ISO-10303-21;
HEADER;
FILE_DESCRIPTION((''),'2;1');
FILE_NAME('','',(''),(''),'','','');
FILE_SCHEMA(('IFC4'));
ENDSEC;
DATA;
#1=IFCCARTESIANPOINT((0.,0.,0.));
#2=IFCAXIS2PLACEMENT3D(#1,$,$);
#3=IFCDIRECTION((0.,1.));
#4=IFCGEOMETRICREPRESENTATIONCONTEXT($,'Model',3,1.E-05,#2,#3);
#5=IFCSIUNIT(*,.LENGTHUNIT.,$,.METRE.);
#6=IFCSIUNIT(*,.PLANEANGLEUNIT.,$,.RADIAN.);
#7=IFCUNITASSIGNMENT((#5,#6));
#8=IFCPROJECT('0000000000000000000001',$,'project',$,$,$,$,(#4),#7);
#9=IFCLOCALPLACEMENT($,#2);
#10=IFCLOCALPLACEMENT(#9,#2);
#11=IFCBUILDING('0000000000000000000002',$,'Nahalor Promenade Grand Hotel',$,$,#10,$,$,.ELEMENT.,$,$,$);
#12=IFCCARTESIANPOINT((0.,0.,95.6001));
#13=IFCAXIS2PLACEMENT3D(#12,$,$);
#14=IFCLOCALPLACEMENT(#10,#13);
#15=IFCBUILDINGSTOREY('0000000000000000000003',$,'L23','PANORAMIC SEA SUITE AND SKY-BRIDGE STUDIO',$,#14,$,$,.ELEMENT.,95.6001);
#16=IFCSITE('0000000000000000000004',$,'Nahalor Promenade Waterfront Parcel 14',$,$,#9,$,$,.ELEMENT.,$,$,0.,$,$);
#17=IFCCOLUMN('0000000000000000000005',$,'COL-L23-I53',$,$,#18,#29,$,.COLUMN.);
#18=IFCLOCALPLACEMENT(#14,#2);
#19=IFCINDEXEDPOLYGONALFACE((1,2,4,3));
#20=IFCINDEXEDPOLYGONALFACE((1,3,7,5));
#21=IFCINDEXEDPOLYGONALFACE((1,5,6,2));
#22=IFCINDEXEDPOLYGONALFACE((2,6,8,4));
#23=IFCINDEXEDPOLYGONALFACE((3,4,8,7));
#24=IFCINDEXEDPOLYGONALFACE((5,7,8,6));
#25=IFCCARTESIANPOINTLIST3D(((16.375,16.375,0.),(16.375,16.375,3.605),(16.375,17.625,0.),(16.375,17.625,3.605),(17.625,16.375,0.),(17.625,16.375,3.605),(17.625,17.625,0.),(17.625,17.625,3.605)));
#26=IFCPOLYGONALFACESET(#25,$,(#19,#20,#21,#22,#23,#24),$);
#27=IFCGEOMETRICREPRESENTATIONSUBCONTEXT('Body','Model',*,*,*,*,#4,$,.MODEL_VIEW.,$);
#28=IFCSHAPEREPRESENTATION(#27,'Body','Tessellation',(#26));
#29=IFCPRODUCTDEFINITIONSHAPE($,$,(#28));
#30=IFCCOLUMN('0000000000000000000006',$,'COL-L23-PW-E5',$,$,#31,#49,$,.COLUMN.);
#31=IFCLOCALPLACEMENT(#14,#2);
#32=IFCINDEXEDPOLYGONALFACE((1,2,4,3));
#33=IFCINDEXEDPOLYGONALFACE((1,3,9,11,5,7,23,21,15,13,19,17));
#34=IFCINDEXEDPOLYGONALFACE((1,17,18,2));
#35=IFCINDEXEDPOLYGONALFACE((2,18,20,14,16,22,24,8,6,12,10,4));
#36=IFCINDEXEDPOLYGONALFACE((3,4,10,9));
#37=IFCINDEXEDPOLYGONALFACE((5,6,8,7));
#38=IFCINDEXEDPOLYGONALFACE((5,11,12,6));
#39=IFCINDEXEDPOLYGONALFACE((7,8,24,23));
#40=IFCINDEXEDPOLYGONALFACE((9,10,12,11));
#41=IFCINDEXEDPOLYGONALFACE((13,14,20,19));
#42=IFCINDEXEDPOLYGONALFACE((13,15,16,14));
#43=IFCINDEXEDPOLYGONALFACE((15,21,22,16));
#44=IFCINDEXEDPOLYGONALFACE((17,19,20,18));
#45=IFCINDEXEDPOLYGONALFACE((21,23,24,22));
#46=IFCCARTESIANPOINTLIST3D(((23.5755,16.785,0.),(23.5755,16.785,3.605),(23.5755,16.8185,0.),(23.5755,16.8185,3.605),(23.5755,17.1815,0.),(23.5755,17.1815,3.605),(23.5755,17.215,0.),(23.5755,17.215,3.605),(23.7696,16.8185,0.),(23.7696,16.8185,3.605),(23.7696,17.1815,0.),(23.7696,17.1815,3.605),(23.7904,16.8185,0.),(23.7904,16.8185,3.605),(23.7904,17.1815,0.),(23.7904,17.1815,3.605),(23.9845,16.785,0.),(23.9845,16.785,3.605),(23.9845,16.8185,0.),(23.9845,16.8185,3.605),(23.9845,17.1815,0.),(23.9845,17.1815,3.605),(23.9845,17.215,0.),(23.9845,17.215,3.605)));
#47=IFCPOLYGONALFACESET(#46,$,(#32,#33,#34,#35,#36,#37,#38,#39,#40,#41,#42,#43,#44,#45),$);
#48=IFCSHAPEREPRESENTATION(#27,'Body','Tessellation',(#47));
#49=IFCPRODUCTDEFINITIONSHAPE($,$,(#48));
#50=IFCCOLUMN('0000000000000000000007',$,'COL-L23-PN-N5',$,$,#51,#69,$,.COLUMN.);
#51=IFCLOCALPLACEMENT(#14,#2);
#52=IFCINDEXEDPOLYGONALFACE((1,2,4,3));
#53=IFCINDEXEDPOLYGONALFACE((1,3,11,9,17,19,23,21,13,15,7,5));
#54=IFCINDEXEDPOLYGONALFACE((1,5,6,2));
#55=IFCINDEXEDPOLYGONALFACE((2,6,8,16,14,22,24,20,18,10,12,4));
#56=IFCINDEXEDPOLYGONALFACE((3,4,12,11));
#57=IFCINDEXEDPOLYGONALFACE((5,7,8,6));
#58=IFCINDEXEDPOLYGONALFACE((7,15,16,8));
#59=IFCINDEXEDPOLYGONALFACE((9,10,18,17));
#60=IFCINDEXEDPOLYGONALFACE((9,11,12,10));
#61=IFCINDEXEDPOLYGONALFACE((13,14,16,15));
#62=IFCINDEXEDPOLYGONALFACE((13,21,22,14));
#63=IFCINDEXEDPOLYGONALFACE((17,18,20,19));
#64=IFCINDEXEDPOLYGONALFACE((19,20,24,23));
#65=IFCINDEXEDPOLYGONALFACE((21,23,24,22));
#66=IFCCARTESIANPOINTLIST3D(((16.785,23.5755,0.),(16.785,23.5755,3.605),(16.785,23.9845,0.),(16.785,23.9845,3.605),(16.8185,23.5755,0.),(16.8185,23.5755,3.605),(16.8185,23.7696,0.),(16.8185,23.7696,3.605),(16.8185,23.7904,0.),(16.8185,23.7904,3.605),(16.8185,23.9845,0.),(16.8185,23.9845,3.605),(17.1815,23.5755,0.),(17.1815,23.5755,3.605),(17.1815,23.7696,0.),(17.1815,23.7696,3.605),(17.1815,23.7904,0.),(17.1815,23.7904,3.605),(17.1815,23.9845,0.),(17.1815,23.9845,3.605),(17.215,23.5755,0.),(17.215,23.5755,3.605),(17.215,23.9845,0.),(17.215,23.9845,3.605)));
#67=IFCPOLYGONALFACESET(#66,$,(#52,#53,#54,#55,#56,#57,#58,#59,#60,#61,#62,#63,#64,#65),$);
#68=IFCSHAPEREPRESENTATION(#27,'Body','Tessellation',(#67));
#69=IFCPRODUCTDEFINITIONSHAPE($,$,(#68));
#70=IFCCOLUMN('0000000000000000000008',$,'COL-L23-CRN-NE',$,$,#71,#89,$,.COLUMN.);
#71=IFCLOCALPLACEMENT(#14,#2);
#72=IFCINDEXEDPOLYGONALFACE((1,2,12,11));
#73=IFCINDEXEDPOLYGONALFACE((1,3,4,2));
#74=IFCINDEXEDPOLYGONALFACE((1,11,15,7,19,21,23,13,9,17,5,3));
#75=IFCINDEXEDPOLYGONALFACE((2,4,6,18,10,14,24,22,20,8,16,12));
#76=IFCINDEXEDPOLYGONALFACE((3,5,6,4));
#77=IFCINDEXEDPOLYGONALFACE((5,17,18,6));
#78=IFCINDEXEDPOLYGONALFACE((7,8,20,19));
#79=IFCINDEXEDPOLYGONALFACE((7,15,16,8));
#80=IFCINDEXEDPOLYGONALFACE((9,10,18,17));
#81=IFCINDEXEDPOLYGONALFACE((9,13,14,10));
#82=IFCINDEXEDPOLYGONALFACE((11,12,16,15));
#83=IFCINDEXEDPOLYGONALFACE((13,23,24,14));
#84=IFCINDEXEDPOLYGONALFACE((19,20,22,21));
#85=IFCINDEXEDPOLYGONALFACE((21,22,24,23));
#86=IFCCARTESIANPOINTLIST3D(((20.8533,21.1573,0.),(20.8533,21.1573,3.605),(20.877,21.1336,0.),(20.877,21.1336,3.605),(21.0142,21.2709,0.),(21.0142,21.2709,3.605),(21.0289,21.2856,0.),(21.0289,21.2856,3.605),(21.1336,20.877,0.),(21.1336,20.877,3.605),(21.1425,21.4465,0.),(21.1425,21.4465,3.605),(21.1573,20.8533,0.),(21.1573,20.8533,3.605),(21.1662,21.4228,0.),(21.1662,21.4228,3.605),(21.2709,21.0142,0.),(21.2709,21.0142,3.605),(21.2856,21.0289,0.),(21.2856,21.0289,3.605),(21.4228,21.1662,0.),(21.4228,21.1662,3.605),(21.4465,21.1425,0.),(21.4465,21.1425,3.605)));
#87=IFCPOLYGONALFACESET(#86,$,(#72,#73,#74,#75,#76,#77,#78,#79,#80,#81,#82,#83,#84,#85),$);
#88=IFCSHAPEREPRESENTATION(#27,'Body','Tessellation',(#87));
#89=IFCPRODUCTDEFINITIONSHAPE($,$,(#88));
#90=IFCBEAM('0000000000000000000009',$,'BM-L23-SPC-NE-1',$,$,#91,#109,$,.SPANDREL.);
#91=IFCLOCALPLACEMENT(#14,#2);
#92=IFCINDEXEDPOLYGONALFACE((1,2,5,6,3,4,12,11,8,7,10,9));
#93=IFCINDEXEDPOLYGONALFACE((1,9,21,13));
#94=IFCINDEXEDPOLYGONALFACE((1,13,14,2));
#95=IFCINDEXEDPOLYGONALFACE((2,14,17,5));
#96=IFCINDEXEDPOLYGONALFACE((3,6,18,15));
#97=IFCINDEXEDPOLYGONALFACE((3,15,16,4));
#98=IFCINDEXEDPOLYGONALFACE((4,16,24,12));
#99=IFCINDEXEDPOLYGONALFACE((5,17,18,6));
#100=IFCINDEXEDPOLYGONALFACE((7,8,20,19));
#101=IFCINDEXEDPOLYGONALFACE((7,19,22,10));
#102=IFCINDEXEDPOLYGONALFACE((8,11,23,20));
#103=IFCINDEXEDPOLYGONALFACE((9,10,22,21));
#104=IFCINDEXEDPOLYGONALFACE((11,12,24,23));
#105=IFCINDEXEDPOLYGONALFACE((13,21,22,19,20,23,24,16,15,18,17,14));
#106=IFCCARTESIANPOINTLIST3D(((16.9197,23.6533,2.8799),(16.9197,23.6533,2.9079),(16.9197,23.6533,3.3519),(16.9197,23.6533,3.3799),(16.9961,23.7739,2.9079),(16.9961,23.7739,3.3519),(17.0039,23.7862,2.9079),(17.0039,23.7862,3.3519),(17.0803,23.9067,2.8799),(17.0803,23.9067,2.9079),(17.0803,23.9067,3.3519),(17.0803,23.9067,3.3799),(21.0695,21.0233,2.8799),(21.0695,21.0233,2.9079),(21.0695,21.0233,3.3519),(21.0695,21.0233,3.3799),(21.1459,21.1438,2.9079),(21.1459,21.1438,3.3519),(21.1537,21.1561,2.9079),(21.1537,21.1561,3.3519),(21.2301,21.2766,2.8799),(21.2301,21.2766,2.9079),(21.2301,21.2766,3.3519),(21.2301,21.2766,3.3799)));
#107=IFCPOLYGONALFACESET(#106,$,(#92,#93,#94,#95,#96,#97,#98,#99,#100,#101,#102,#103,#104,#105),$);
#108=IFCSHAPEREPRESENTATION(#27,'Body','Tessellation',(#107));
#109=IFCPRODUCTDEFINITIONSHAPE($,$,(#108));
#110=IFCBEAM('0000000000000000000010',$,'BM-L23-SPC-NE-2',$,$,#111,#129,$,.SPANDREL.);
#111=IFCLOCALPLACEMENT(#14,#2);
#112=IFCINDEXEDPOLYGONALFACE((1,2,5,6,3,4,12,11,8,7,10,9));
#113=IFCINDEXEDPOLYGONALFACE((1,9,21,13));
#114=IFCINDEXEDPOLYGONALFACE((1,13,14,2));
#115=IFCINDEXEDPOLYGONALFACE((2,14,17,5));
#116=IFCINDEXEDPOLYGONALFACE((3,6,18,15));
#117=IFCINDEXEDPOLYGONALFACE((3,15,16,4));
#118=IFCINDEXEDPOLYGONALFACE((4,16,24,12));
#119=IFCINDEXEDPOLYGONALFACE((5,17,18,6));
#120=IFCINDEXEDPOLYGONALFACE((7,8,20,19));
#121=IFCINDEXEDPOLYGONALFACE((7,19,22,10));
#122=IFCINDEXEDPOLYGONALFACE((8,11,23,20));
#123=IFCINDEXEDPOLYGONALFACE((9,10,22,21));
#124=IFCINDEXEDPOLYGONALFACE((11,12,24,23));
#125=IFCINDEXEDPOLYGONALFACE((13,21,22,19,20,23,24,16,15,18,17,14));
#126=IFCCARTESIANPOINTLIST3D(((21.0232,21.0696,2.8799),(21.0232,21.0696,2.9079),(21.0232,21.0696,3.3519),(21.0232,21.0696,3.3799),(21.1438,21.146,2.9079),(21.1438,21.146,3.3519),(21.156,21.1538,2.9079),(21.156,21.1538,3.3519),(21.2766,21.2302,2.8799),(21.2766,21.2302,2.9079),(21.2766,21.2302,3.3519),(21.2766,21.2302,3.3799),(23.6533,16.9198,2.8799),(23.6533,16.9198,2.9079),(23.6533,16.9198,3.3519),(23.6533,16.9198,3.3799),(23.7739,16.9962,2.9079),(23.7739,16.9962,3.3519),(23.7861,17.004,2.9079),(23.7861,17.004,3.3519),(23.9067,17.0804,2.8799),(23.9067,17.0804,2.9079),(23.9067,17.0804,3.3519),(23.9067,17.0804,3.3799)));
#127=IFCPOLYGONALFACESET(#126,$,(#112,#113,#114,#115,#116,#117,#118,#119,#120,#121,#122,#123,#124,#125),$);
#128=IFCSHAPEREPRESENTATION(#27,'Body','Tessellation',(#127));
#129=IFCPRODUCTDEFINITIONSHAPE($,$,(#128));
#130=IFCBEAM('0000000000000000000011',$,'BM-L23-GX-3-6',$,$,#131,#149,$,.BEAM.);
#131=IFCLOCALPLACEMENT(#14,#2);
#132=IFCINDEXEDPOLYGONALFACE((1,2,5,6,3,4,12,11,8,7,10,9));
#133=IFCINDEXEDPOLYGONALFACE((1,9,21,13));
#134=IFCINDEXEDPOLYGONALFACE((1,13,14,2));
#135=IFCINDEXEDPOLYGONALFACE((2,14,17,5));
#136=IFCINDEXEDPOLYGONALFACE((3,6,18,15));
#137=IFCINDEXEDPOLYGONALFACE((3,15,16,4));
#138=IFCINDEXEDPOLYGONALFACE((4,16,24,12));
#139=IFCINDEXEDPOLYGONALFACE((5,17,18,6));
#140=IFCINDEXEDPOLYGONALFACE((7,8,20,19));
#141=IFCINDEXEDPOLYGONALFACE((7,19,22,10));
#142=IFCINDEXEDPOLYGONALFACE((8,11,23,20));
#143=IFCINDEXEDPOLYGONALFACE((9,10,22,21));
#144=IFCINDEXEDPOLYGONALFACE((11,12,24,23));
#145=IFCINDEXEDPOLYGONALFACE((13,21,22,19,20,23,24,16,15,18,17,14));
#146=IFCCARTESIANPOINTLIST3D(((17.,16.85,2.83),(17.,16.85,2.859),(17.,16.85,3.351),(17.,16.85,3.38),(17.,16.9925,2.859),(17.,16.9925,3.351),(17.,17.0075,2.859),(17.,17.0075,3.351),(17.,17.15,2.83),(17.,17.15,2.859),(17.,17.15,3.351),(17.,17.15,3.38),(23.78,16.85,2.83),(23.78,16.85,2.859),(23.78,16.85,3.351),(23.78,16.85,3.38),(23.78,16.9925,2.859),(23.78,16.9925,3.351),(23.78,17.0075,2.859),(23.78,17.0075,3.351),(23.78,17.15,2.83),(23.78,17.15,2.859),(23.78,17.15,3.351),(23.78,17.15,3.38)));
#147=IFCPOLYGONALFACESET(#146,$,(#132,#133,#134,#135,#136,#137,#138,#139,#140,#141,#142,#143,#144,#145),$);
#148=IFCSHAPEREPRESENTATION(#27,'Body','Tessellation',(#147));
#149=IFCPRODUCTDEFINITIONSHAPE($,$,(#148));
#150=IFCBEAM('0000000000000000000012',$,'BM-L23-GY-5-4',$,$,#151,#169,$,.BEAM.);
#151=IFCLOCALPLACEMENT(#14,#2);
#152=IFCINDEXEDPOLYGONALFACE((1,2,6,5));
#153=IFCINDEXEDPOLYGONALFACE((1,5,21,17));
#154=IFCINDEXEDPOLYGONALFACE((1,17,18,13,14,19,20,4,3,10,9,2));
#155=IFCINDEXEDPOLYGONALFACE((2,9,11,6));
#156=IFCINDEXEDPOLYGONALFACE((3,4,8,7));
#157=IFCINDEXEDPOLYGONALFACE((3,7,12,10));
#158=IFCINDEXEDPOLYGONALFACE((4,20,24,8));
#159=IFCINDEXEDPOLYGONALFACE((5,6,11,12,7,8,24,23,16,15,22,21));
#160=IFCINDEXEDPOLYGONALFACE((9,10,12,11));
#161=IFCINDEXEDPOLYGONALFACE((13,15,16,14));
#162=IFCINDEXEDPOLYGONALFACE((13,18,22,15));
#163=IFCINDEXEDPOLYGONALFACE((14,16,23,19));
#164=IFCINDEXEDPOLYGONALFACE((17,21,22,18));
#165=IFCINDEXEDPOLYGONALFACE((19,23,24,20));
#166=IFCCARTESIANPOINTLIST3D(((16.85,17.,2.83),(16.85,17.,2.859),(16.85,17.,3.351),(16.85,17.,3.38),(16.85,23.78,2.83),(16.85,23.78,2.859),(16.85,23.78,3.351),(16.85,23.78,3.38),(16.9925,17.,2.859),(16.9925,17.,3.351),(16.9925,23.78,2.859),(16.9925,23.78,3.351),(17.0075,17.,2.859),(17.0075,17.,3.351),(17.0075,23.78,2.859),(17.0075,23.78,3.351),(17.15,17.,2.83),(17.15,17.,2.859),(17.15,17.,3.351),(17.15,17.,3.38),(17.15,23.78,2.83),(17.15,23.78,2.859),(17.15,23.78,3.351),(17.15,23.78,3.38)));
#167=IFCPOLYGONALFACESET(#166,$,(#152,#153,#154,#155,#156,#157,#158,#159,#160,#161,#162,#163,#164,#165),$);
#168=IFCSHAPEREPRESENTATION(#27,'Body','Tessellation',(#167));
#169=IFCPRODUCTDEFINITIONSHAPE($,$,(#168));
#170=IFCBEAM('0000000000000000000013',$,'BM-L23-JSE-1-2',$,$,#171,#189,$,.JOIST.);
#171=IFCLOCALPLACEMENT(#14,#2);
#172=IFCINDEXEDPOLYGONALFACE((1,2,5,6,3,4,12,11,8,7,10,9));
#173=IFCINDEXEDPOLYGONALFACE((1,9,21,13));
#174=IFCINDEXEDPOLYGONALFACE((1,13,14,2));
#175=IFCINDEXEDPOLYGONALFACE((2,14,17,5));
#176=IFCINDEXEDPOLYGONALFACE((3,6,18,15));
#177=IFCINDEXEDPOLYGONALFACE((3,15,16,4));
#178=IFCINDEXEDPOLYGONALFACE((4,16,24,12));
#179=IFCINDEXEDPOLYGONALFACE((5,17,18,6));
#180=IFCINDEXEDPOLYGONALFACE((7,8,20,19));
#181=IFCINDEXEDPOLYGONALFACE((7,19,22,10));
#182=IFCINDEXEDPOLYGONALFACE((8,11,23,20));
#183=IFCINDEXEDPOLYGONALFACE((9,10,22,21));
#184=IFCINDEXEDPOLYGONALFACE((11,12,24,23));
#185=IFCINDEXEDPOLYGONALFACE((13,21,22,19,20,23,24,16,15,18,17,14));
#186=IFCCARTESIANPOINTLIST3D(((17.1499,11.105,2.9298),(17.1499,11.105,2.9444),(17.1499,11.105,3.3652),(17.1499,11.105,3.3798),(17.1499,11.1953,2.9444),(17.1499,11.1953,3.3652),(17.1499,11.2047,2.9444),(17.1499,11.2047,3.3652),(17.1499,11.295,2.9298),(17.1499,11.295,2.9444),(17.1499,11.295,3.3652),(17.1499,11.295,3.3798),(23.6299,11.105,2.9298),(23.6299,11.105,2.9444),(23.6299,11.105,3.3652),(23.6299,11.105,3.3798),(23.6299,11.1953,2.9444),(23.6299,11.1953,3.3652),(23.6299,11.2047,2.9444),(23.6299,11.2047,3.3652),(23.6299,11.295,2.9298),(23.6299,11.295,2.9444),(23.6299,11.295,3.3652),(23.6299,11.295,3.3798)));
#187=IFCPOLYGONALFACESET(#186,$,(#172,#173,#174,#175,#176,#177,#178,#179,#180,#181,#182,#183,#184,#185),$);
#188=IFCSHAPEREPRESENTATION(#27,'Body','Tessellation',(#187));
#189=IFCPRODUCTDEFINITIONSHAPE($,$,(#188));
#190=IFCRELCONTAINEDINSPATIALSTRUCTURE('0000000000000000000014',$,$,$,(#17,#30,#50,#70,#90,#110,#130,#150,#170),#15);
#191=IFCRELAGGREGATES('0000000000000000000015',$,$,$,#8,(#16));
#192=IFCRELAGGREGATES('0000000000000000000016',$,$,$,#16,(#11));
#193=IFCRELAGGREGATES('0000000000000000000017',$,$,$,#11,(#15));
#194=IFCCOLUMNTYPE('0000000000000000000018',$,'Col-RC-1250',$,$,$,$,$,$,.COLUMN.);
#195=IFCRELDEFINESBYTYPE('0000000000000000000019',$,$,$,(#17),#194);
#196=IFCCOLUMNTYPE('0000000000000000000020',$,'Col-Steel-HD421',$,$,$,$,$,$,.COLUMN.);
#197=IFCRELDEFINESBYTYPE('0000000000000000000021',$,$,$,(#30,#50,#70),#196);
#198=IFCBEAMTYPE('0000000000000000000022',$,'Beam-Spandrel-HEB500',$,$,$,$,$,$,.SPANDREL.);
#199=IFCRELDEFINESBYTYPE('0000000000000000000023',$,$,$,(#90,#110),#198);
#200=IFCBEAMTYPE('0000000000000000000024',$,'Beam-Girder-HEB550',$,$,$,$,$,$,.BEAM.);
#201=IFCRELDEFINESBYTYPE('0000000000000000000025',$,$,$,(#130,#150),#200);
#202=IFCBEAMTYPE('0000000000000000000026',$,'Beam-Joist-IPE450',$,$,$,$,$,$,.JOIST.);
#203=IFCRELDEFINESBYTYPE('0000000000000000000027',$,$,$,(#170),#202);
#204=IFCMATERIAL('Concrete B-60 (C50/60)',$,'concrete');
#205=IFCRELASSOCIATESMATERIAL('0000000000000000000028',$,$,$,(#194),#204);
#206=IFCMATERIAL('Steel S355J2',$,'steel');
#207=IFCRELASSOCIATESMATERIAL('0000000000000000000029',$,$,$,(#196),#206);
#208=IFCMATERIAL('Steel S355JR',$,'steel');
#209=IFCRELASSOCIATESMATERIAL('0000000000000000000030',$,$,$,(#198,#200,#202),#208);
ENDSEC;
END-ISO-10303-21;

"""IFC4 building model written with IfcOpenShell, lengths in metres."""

from ifc_helpers import new_model, si_unit, direction, frame, origin, origin_2d, place, context, subcontext, project, spatial, rectangle, i_section, extrude, source, transform, mapped, material, material_profile, profile_set, type_object, element, save


model = new_model("IFC4")

# Units and contexts
model_context = context("Model", 3, precision=1e-05, world=origin(), true_north=direction((0.0, 1.0)))
body_context = subcontext(model_context, "Body", "Model", "MODEL_VIEW")
ifc_project = project(units=[si_unit("LENGTHUNIT", "METRE"), si_unit("PLANEANGLEUNIT", "RADIAN")], contexts=[model_context])

# Site, building, storey
site_placement = place(None, origin())
site = spatial("IfcSite", under=ifc_project, at=site_placement, Name="Nahalor Promenade Waterfront Parcel 14", CompositionType="ELEMENT", RefElevation=0.0)
building_placement = place(site_placement, origin())
building = spatial("IfcBuilding", under=site, at=building_placement, Name="Nahalor Promenade Grand Hotel", CompositionType="ELEMENT")
storey_placement = place(building_placement, frame((0.0, 0.0, 95.6001)))
storey = spatial("IfcBuildingStorey", under=building, at=storey_placement, Name="L23", Description="PANORAMIC SEA SUITE AND SKY-BRIDGE STUDIO", CompositionType="ELEMENT", Elevation=95.6001)

# Columns
ifc_material_1 = material(Name="Concrete B-60 (C50/60)", Category="concrete")
ifc_material_profile_1 = material_profile(ifc_material_1, rectangle(XDim=1.25, YDim=1.25, at=origin_2d()), Name="RC 1250x1250")
ifc_profile_set_1 = profile_set([ifc_material_profile_1], Name="Concrete B-60 (C50/60)")
column_type_1 = type_object("IfcColumnType", Name="Col-RC-1250", PredefinedType="COLUMN", material=ifc_profile_set_1)
shared_shape_1 = source(origin(), body_context, "Body", "SweptSolid", [
    extrude(rectangle(XDim=1.25, YDim=1.25, at=origin_2d()), origin(), (0.0, 0.0, 1.0), 3.605),
])
column_placement = place(storey_placement, frame((17.0, 17.0, 0.0), z_axis=(0.0, 0.0, 1.0), x_axis=(1.0, 0.0, 0.0)))
element("IfcColumn", 1, at=column_placement, inside=storey, type_object=column_type_1, Name="COL-L23-I53", PredefinedType="COLUMN", context=body_context, shape_type="MappedRepresentation", body=[
    mapped(shared_shape_1, transform((0.0, 0.0, 0.0), scale=1.0)),
])
ifc_material_2 = material(Name="Steel S355J2", Category="steel")
ifc_material_profile_2 = material_profile(ifc_material_2, i_section(OverallWidth=0.409, OverallDepth=0.43, WebThickness=0.0208, FlangeThickness=0.0335, at=origin_2d()), Name="HD 400x421")
ifc_profile_set_2 = profile_set([ifc_material_profile_2], Name="Steel S355J2")
column_type_2 = type_object("IfcColumnType", Name="Col-Steel-HD421", PredefinedType="COLUMN", material=ifc_profile_set_2)
shared_shape_2 = source(origin(), body_context, "Body", "SweptSolid", [
    extrude(i_section(OverallWidth=0.409, OverallDepth=0.43, WebThickness=0.0208, FlangeThickness=0.0335, at=origin_2d()), origin(), (0.0, 0.0, 1.0), 3.605),
])
for number, where, z_axis, x_axis, name in (
    (2, (23.78, 17.0, 0.0), (0.0, 0.0, 1.0), (1.0, 0.0, 0.0), "COL-L23-PW-E5"),
    (3, (17.0, 23.78, 0.0), (0.0, 0.0, 1.0), (0.0, 1.0, 0.0), "COL-L23-PN-N5"),
    (4, (21.1499, 21.1499, 0.0), (0.0, 0.0, 1.0), (0.707107, 0.707107, 0.0), "COL-L23-CRN-NE"),
):
    element("IfcColumn", number, at=place(storey_placement, frame(where, z_axis=z_axis, x_axis=x_axis)), inside=storey, type_object=column_type_2, Name=name, PredefinedType="COLUMN", context=body_context, shape_type="MappedRepresentation", body=[
        mapped(shared_shape_2, transform((0.0, 0.0, 0.0), scale=1.0)),
    ])

# Beams
ifc_material_3 = material(Name="Steel S355JR", Category="steel")
ifc_material_profile_3 = material_profile(ifc_material_3, i_section(OverallWidth=0.3, OverallDepth=0.5, WebThickness=0.0145, FlangeThickness=0.028, at=origin_2d()), Name="HEB 500")
ifc_profile_set_3 = profile_set([ifc_material_profile_3], Name="Steel S355JR")
beam_type_1 = type_object("IfcBeamType", Name="Beam-Spandrel-HEB500", PredefinedType="SPANDREL", material=ifc_profile_set_3)
shared_shape_3 = source(origin(), body_context, "Body", "SweptSolid", [
    extrude(i_section(OverallWidth=0.3, OverallDepth=0.5, WebThickness=0.0145, FlangeThickness=0.028, at=origin_2d()), origin(), (0.0, 0.0, 1.0), 4.9131),
])
for number, where, z_axis, x_axis, name in (
    (5, (17.0, 23.78, 3.1299), (0.844648, -0.535322, 0.0), (0.535322, 0.844648, 0.0), "BM-L23-SPC-NE-1"),
    (6, (21.1499, 21.1499, 3.1299), (0.535322, -0.844648, 0.0), (0.844648, 0.535322, 0.0), "BM-L23-SPC-NE-2"),
):
    element("IfcBeam", number, at=place(storey_placement, frame(where, z_axis=z_axis, x_axis=x_axis)), inside=storey, type_object=beam_type_1, Name=name, PredefinedType="SPANDREL", context=body_context, shape_type="MappedRepresentation", body=[
        mapped(shared_shape_3, transform((0.0, 0.0, 0.0), scale=1.0)),
    ])
ifc_material_profile_4 = material_profile(ifc_material_3, i_section(OverallWidth=0.3, OverallDepth=0.55, WebThickness=0.015, FlangeThickness=0.029, at=origin_2d()), Name="HEB 550")
ifc_profile_set_4 = profile_set([ifc_material_profile_4], Name="Steel S355JR")
beam_type_2 = type_object("IfcBeamType", Name="Beam-Girder-HEB550", PredefinedType="BEAM", material=ifc_profile_set_4)
shared_shape_4 = source(origin(), body_context, "Body", "SweptSolid", [
    extrude(i_section(OverallWidth=0.3, OverallDepth=0.55, WebThickness=0.015, FlangeThickness=0.029, at=origin_2d()), origin(), (0.0, 0.0, 1.0), 6.78),
])
for number, where, z_axis, x_axis, name in (
    (7, (17.0, 17.0, 3.105), (1.0, 0.0, 0.0), (0.0, 1.0, 0.0), "BM-L23-GX-3-6"),
    (8, (17.0, 17.0, 3.105), (0.0, 1.0, 0.0), (-1.0, 0.0, 0.0), "BM-L23-GY-5-4"),
):
    element("IfcBeam", number, at=place(storey_placement, frame(where, z_axis=z_axis, x_axis=x_axis)), inside=storey, type_object=beam_type_2, Name=name, PredefinedType="BEAM", context=body_context, shape_type="MappedRepresentation", body=[
        mapped(shared_shape_4, transform((0.0, 0.0, 0.0), scale=1.0)),
    ])
ifc_material_profile_5 = material_profile(ifc_material_3, i_section(OverallWidth=0.19, OverallDepth=0.45, WebThickness=0.0094, FlangeThickness=0.0146, at=origin_2d()), Name="IPE 450")
ifc_profile_set_5 = profile_set([ifc_material_profile_5], Name="Steel S355JR")
beam_type_3 = type_object("IfcBeamType", Name="Beam-Joist-IPE450", PredefinedType="JOIST", material=ifc_profile_set_5)
shared_shape_5 = source(origin(), body_context, "Body", "SweptSolid", [
    extrude(i_section(OverallWidth=0.19, OverallDepth=0.45, WebThickness=0.0094, FlangeThickness=0.0146, at=origin_2d()), origin(), (0.0, 0.0, 1.0), 6.48),
])
beam_placement = place(storey_placement, frame((17.1499, 11.2, 3.1548), z_axis=(1.0, 0.0, 0.0), x_axis=(0.0, 1.0, 0.0)))
element("IfcBeam", 9, at=beam_placement, inside=storey, type_object=beam_type_3, Name="BM-L23-JSE-1-2", PredefinedType="JOIST", context=body_context, shape_type="MappedRepresentation", body=[
    mapped(shared_shape_5, transform((0.0, 0.0, 0.0), scale=1.0)),
])

save(model, "model.ifc")
